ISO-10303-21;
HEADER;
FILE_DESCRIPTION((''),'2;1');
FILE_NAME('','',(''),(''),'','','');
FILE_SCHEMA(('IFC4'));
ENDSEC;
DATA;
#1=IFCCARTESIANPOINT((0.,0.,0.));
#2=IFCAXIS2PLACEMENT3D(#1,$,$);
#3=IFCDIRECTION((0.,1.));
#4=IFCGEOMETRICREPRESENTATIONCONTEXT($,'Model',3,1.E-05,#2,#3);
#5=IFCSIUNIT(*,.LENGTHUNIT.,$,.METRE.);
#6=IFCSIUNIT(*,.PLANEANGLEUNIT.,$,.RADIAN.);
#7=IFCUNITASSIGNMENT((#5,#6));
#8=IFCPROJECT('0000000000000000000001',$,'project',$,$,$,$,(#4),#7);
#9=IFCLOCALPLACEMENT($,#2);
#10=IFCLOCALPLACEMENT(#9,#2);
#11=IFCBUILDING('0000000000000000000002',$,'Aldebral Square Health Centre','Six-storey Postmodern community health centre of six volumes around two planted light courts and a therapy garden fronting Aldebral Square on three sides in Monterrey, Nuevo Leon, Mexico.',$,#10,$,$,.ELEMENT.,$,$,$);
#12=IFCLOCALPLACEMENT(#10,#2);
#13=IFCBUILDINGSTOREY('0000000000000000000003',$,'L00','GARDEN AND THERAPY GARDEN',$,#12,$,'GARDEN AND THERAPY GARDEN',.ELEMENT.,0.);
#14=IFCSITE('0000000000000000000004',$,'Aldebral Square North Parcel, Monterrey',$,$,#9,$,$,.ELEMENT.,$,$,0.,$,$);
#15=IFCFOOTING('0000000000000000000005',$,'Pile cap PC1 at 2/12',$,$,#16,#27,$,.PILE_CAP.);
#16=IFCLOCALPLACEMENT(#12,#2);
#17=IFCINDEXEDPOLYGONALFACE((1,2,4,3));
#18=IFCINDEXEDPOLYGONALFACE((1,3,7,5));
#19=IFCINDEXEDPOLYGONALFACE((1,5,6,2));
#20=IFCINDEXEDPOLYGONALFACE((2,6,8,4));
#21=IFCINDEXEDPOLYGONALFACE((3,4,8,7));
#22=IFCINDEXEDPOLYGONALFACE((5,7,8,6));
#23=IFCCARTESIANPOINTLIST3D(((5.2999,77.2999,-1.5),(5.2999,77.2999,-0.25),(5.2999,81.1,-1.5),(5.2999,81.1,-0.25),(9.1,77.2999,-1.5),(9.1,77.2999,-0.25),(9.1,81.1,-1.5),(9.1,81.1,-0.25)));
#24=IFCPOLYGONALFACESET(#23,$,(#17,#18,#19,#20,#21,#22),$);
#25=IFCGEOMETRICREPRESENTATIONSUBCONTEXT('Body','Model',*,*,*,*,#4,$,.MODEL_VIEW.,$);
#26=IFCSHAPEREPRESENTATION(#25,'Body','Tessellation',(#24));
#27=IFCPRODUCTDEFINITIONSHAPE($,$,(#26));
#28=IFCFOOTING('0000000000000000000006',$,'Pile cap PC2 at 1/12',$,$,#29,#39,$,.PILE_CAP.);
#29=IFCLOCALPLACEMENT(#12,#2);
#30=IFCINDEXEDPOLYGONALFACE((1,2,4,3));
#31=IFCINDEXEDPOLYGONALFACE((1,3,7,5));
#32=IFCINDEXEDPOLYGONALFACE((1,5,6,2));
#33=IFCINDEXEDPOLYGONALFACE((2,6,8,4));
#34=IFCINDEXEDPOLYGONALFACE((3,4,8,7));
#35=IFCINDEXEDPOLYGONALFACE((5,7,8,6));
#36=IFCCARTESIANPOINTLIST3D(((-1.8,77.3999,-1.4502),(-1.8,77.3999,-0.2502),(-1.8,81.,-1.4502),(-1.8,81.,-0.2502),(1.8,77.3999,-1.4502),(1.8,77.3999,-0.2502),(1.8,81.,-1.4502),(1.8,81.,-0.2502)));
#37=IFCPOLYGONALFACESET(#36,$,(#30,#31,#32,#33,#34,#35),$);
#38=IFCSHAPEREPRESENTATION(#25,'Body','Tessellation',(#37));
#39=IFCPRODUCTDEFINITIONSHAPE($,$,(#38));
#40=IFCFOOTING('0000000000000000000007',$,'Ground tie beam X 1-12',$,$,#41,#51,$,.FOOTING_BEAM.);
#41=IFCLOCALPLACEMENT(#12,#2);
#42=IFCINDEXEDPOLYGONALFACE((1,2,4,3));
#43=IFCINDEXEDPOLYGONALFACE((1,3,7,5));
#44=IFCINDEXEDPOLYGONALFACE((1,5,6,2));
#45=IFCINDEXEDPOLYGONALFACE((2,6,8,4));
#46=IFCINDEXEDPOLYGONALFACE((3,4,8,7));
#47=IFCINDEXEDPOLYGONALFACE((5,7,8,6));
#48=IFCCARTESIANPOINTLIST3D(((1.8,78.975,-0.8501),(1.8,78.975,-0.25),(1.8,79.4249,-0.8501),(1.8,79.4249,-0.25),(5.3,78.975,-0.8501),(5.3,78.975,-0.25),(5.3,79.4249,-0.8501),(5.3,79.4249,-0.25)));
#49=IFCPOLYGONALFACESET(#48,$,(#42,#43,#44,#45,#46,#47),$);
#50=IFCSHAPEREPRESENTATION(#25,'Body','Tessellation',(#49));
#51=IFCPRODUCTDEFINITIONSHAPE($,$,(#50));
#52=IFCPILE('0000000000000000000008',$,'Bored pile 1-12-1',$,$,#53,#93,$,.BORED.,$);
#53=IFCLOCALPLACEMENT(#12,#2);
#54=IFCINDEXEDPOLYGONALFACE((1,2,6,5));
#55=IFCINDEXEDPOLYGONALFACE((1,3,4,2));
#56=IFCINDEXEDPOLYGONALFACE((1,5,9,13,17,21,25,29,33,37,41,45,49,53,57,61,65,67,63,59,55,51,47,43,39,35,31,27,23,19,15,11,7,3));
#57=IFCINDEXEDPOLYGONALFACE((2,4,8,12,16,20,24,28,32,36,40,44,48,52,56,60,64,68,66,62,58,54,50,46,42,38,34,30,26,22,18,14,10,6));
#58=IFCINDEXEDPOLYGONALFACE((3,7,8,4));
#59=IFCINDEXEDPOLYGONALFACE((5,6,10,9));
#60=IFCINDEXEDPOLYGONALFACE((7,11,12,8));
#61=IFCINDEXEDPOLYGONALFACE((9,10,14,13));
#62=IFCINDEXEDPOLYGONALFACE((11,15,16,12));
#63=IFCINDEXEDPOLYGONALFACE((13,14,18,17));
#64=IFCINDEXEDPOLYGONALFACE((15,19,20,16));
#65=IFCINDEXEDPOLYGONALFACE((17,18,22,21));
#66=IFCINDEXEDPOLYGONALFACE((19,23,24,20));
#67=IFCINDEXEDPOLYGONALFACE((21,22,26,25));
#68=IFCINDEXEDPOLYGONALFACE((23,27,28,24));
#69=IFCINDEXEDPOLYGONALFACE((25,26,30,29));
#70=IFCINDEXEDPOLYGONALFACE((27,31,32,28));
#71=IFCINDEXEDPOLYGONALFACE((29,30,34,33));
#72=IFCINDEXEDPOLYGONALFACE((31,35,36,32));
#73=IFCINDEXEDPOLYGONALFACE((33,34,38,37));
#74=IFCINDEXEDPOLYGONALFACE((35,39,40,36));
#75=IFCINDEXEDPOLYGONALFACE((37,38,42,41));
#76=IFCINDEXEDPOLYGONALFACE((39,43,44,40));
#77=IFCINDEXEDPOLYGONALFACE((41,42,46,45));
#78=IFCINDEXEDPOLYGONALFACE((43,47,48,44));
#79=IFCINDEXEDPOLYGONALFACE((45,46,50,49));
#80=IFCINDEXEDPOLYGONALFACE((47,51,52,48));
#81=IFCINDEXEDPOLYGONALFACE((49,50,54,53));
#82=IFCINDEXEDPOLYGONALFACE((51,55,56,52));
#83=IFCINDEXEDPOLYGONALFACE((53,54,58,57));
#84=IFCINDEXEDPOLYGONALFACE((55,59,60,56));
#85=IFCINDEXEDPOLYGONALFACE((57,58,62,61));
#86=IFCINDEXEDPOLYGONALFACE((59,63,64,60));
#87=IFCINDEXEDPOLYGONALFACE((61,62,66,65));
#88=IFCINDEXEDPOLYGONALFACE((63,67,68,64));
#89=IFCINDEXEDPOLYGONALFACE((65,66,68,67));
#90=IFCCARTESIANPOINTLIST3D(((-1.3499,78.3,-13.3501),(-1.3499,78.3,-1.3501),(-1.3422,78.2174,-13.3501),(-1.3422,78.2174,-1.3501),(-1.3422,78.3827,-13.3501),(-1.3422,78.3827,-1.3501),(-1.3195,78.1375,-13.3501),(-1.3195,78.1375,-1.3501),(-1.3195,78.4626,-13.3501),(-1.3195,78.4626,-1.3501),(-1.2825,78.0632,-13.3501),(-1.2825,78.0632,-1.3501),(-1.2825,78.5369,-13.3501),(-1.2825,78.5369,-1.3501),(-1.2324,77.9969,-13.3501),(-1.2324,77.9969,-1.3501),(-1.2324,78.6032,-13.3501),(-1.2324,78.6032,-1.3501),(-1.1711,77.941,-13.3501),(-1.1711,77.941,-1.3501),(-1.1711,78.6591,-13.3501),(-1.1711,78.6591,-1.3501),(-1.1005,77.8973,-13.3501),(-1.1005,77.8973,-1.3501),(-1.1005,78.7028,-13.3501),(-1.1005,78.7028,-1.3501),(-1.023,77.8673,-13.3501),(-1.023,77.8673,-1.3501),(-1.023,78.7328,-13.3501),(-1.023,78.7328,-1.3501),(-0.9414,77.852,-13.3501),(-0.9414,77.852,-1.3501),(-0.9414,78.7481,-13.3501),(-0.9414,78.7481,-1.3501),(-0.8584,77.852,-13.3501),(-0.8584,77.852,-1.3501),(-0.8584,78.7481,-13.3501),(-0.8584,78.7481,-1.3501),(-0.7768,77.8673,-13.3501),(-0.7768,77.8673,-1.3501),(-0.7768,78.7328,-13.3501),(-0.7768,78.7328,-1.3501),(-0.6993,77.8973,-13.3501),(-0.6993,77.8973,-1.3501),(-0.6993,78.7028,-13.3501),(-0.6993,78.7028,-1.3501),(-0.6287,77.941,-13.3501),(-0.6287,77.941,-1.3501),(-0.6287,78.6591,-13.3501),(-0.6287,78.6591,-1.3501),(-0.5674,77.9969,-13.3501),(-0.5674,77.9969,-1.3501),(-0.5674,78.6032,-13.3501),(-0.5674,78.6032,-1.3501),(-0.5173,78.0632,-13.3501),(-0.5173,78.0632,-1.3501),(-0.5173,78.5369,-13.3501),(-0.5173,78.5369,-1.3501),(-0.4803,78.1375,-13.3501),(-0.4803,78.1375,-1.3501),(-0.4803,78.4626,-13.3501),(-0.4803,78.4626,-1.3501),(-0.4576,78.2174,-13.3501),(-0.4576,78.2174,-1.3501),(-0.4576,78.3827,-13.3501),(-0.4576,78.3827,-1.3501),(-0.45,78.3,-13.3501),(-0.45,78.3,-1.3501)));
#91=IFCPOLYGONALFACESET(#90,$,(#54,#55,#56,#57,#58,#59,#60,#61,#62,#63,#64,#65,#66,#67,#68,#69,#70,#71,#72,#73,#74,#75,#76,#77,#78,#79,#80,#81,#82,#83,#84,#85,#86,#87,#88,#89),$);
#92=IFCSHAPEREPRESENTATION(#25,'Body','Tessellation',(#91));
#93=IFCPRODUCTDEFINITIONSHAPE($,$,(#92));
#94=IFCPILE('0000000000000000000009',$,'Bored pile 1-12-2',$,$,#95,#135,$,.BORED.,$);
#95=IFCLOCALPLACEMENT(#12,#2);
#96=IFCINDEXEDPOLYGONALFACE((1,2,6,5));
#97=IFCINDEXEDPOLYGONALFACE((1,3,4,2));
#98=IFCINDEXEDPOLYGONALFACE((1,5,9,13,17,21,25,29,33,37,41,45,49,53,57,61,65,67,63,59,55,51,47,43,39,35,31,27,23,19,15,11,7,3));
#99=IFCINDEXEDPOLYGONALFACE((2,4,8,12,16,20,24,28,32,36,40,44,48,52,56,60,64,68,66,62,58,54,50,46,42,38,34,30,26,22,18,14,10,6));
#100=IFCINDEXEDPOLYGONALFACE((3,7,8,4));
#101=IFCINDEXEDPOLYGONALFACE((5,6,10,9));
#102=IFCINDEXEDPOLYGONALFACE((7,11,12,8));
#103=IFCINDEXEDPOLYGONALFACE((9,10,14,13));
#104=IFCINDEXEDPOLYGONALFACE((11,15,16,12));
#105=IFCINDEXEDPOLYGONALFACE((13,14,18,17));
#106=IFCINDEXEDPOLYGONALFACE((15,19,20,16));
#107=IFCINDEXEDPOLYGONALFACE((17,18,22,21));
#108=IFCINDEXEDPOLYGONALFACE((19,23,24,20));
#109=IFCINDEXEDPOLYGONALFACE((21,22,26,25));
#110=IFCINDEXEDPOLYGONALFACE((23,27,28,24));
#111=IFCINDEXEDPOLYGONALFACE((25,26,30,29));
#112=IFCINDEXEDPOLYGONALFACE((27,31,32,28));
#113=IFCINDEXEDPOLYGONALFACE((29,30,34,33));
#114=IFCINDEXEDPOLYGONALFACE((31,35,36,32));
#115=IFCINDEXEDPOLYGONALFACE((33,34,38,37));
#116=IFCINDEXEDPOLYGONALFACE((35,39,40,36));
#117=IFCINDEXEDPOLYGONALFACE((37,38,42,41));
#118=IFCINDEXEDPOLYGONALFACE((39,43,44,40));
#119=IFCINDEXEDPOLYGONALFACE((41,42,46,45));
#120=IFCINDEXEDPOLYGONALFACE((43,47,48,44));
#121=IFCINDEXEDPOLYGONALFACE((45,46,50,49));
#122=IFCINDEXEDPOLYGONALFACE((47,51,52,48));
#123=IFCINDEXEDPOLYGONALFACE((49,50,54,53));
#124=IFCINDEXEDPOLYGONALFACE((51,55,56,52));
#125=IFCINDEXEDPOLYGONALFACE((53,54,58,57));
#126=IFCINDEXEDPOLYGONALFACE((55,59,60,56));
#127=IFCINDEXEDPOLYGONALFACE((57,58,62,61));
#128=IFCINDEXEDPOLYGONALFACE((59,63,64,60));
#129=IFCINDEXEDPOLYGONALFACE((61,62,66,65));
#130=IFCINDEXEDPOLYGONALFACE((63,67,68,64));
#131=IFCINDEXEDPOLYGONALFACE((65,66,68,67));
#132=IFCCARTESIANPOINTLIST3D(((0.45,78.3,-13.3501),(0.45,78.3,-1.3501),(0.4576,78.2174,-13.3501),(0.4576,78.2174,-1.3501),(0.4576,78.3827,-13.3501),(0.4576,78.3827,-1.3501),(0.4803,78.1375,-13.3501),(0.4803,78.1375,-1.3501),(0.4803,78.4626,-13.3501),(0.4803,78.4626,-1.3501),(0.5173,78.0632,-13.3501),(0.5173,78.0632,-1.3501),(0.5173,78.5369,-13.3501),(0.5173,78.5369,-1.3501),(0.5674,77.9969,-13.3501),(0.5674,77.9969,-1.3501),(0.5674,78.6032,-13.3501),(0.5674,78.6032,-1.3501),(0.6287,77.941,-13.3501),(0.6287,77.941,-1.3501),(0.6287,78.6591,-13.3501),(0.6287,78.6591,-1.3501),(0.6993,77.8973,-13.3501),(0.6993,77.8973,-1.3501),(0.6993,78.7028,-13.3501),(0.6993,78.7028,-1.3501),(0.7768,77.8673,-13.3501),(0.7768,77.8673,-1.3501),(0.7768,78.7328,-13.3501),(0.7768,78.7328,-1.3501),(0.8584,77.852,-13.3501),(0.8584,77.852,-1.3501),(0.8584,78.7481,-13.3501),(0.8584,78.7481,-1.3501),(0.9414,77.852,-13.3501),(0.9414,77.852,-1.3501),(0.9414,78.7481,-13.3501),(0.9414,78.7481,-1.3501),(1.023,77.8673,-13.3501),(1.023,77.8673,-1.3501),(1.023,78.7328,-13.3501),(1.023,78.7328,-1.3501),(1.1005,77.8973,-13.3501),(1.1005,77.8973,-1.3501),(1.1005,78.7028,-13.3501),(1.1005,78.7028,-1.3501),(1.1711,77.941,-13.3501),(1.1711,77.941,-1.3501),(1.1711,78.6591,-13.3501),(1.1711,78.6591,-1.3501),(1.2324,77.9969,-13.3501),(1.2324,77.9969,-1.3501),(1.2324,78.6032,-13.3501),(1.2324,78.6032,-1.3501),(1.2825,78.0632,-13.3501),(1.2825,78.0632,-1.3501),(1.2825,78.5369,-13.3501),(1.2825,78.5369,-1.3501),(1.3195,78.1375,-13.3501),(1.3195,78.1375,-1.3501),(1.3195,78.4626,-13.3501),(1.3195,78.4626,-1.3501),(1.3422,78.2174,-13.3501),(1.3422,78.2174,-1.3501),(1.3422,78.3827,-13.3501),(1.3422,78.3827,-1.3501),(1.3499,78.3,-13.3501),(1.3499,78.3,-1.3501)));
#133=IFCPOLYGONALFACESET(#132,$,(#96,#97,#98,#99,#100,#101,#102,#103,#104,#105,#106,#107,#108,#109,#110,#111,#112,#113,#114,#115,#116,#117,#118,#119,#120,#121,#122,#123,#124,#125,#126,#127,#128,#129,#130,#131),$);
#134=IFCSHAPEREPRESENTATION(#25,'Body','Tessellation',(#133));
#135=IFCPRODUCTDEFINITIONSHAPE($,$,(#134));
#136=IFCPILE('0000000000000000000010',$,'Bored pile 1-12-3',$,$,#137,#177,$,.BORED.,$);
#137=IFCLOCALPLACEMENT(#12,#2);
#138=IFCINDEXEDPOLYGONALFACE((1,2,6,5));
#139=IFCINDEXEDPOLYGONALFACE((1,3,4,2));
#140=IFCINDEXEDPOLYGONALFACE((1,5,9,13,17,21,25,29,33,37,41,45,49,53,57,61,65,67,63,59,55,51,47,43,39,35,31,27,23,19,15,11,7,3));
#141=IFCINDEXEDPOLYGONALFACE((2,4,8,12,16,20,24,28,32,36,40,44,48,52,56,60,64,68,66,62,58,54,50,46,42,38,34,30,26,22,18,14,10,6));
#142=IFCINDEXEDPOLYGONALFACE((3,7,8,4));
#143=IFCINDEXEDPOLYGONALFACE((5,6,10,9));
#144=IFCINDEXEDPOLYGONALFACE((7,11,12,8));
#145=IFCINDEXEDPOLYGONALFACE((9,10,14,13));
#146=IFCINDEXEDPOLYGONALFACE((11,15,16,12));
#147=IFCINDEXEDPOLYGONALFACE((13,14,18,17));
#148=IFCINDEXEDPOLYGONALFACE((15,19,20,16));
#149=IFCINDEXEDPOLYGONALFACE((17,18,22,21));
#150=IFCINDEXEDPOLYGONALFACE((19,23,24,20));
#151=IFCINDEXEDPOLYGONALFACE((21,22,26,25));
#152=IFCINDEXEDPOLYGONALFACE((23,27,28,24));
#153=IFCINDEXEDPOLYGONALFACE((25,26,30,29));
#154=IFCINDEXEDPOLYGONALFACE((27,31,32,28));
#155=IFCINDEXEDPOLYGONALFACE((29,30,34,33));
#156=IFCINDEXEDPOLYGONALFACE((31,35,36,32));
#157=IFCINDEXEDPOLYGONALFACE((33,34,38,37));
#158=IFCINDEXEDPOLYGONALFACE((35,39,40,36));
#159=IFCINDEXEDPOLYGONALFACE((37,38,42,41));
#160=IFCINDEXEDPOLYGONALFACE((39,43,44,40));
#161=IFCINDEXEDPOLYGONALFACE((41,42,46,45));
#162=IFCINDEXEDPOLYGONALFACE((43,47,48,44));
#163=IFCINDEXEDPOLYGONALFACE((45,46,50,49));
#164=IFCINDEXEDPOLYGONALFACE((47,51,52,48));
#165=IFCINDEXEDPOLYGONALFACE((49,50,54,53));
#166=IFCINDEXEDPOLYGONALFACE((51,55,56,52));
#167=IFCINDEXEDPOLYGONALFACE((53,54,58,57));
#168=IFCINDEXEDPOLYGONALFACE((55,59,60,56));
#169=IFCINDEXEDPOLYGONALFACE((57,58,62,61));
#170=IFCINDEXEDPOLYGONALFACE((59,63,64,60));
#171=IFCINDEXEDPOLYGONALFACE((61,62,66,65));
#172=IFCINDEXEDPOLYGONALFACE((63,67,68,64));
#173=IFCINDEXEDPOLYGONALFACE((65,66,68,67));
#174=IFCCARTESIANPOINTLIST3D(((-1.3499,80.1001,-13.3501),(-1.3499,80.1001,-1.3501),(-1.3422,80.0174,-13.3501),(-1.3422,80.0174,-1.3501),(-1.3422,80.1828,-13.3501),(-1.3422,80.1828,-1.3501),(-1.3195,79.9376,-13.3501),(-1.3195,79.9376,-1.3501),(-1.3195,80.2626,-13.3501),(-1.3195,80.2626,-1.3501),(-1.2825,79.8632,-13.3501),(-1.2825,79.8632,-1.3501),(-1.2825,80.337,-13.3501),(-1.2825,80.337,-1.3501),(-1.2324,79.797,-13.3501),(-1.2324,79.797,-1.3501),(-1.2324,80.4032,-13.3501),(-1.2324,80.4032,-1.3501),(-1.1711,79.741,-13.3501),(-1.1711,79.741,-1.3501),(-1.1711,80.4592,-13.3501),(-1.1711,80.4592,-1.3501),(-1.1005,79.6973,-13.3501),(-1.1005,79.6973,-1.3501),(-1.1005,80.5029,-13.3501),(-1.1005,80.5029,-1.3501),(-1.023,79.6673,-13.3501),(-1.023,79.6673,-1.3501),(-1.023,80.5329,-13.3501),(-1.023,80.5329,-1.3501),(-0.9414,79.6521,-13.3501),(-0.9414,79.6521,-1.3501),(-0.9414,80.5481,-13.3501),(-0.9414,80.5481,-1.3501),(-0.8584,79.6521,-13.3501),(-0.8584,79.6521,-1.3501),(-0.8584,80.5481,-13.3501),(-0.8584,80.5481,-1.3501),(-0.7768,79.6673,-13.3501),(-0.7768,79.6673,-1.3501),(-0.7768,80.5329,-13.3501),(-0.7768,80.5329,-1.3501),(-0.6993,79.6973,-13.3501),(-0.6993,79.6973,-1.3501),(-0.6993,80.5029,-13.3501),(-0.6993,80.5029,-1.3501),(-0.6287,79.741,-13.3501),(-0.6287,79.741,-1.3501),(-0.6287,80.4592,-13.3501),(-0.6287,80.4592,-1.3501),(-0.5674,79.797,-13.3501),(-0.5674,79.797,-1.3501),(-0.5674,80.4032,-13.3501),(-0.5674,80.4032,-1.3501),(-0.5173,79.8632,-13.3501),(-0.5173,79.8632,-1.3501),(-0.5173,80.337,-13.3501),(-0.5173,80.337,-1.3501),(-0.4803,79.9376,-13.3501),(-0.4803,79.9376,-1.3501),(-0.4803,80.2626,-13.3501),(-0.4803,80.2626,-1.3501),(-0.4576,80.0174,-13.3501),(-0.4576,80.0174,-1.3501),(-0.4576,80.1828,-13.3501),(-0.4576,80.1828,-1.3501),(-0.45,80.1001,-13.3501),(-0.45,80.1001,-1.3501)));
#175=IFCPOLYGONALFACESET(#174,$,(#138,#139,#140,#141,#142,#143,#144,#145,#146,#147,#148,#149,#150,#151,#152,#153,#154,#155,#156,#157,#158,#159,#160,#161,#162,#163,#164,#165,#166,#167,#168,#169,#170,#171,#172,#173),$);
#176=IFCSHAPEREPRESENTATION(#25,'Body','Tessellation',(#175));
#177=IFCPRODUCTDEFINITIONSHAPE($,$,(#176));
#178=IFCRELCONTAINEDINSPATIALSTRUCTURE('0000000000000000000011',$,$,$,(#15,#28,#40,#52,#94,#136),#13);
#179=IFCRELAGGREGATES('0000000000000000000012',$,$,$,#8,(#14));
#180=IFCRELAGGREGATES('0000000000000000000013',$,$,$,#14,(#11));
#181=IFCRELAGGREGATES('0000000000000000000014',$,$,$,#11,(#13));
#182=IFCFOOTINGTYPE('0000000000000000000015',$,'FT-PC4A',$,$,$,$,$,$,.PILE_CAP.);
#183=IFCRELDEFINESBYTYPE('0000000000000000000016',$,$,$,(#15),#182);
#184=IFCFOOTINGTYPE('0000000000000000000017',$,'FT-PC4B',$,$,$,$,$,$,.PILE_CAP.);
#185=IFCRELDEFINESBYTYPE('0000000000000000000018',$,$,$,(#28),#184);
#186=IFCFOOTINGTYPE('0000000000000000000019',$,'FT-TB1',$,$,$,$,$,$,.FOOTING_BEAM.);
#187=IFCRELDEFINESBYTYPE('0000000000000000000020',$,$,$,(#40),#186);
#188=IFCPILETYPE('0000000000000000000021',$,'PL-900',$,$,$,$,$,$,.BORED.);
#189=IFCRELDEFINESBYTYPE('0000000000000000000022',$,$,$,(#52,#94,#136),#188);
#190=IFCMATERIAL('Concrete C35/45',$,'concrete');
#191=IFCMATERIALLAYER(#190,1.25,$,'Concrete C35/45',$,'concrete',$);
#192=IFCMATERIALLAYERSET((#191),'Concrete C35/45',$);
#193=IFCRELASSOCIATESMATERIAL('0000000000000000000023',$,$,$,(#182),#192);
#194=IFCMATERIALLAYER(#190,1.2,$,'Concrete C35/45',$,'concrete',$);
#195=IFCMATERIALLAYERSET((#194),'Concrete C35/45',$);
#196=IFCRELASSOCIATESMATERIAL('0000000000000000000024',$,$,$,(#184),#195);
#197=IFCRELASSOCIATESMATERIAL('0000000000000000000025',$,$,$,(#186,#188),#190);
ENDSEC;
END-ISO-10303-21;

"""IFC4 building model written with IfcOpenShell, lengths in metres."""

from ifc_helpers import new_model, si_unit, direction, frame, origin, origin_2d, place, context, subcontext, project, spatial, rectangle, circle, extrude, material, layer, layer_set, material_profile, profile_set, type_object, element, save


model = new_model("IFC4")

# Units and contexts
model_context = context("Model", 3, precision=1e-05, world=origin(), true_north=direction((0.0, 1.0)))
body_context = subcontext(model_context, "Body", "Model", "MODEL_VIEW")
ifc_project = project(units=[si_unit("LENGTHUNIT", "METRE"), si_unit("PLANEANGLEUNIT", "RADIAN")], contexts=[model_context])

# Site, building, storey
site_placement = place(None, origin())
site = spatial("IfcSite", under=ifc_project, at=site_placement, Name="Aldebral Square North Parcel, Monterrey", CompositionType="ELEMENT", RefElevation=0.0)
building_placement = place(site_placement, origin())
building = spatial("IfcBuilding", under=site, at=building_placement, Name="Aldebral Square Health Centre", Description="Six-storey Postmodern community health centre of six volumes around two planted light courts and a therapy garden fronting Aldebral Square on three sides in Monterrey, Nuevo Leon, Mexico.", CompositionType="ELEMENT")
storey_placement = place(building_placement, origin())
storey = spatial("IfcBuildingStorey", under=building, at=storey_placement, Name="L00", Description="GARDEN AND THERAPY GARDEN", LongName="GARDEN AND THERAPY GARDEN", CompositionType="ELEMENT", Elevation=0.0)

# Footings
ifc_material_1 = material(Name="Concrete C35/45", Category="concrete")
ifc_layer_1 = layer(ifc_material_1, 1.25, Name="Concrete C35/45", Category="concrete")
ifc_layer_set_1 = layer_set([ifc_layer_1], Name="Concrete C35/45")
footing_type_1 = type_object("IfcFootingType", Name="FT-PC4A", PredefinedType="PILE_CAP", material=ifc_layer_set_1)
footing_1_placement = place(storey_placement, frame((7.2, 79.2, -1.5), z_axis=(0.0, 0.0, 1.0), x_axis=(1.0, 0.0, 0.0)))
element("IfcFooting", 1, at=footing_1_placement, inside=storey, type_object=footing_type_1, Name="Pile cap PC1 at 2/12", PredefinedType="PILE_CAP", context=body_context, shape_type="SweptSolid", body=[
    extrude(rectangle(XDim=3.8, YDim=3.8, at=origin_2d()), origin(), (0.0, 0.0, 1.0), 1.25),
])
ifc_layer_2 = layer(ifc_material_1, 1.2, Name="Concrete C35/45", Category="concrete")
ifc_layer_set_2 = layer_set([ifc_layer_2], Name="Concrete C35/45")
footing_type_2 = type_object("IfcFootingType", Name="FT-PC4B", PredefinedType="PILE_CAP", material=ifc_layer_set_2)
footing_2_placement = place(storey_placement, frame((0.0, 79.2, -1.4502), z_axis=(0.0, 0.0, 1.0), x_axis=(1.0, 0.0, 0.0)))
element("IfcFooting", 2, at=footing_2_placement, inside=storey, type_object=footing_type_2, Name="Pile cap PC2 at 1/12", PredefinedType="PILE_CAP", context=body_context, shape_type="SweptSolid", body=[
    extrude(rectangle(XDim=3.6001, YDim=3.6001, at=origin_2d()), origin(), (0.0, 0.0, 1.0), 1.2),
])
ifc_material_profile_1 = material_profile(ifc_material_1, rectangle(XDim=0.45, YDim=0.6001, at=origin_2d()), Name="RC 450x600")
ifc_profile_set_1 = profile_set([ifc_material_profile_1], Name="Concrete C35/45")
footing_type_3 = type_object("IfcFootingType", Name="FT-TB1", PredefinedType="FOOTING_BEAM", material=ifc_profile_set_1)
footing_3_placement = place(storey_placement, frame((1.8, 79.2, -0.55), z_axis=(1.0, 0.0, 0.0), x_axis=(0.0, 1.0, 0.0)))
element("IfcFooting", 3, at=footing_3_placement, inside=storey, type_object=footing_type_3, Name="Ground tie beam X 1-12", PredefinedType="FOOTING_BEAM", context=body_context, shape_type="SweptSolid", body=[
    extrude(rectangle(XDim=0.45, YDim=0.6001, at=origin_2d()), origin(), (0.0, 0.0, 1.0), 3.5),
])

# Piles
ifc_material_profile_2 = material_profile(ifc_material_1, circle(Radius=0.45, at=origin_2d()), Name="PILE D900")
ifc_profile_set_2 = profile_set([ifc_material_profile_2], Name="Concrete C35/45")
pile_type = type_object("IfcPileType", Name="PL-900", PredefinedType="BORED", material=ifc_profile_set_2)
for number, where, z_axis, x_axis, name in (
    (4, (-0.8999, 78.3, -1.3501), (0.0, 0.0, -1.0), (1.0, 0.0, 0.0), "Bored pile 1-12-1"),
    (5, (0.8999, 78.3, -1.3501), (0.0, 0.0, -1.0), (1.0, 0.0, 0.0), "Bored pile 1-12-2"),
    (6, (-0.8999, 80.1001, -1.3501), (0.0, 0.0, -1.0), (1.0, 0.0, 0.0), "Bored pile 1-12-3"),
):
    element("IfcPile", number, at=place(storey_placement, frame(where, z_axis=z_axis, x_axis=x_axis)), inside=storey, type_object=pile_type, Name=name, PredefinedType="BORED", context=body_context, shape_type="SweptSolid", body=[
        extrude(circle(Radius=0.45, at=origin_2d()), origin(), (0.0, 0.0, 1.0), 12.0),
    ])

save(model, "model.ifc")
